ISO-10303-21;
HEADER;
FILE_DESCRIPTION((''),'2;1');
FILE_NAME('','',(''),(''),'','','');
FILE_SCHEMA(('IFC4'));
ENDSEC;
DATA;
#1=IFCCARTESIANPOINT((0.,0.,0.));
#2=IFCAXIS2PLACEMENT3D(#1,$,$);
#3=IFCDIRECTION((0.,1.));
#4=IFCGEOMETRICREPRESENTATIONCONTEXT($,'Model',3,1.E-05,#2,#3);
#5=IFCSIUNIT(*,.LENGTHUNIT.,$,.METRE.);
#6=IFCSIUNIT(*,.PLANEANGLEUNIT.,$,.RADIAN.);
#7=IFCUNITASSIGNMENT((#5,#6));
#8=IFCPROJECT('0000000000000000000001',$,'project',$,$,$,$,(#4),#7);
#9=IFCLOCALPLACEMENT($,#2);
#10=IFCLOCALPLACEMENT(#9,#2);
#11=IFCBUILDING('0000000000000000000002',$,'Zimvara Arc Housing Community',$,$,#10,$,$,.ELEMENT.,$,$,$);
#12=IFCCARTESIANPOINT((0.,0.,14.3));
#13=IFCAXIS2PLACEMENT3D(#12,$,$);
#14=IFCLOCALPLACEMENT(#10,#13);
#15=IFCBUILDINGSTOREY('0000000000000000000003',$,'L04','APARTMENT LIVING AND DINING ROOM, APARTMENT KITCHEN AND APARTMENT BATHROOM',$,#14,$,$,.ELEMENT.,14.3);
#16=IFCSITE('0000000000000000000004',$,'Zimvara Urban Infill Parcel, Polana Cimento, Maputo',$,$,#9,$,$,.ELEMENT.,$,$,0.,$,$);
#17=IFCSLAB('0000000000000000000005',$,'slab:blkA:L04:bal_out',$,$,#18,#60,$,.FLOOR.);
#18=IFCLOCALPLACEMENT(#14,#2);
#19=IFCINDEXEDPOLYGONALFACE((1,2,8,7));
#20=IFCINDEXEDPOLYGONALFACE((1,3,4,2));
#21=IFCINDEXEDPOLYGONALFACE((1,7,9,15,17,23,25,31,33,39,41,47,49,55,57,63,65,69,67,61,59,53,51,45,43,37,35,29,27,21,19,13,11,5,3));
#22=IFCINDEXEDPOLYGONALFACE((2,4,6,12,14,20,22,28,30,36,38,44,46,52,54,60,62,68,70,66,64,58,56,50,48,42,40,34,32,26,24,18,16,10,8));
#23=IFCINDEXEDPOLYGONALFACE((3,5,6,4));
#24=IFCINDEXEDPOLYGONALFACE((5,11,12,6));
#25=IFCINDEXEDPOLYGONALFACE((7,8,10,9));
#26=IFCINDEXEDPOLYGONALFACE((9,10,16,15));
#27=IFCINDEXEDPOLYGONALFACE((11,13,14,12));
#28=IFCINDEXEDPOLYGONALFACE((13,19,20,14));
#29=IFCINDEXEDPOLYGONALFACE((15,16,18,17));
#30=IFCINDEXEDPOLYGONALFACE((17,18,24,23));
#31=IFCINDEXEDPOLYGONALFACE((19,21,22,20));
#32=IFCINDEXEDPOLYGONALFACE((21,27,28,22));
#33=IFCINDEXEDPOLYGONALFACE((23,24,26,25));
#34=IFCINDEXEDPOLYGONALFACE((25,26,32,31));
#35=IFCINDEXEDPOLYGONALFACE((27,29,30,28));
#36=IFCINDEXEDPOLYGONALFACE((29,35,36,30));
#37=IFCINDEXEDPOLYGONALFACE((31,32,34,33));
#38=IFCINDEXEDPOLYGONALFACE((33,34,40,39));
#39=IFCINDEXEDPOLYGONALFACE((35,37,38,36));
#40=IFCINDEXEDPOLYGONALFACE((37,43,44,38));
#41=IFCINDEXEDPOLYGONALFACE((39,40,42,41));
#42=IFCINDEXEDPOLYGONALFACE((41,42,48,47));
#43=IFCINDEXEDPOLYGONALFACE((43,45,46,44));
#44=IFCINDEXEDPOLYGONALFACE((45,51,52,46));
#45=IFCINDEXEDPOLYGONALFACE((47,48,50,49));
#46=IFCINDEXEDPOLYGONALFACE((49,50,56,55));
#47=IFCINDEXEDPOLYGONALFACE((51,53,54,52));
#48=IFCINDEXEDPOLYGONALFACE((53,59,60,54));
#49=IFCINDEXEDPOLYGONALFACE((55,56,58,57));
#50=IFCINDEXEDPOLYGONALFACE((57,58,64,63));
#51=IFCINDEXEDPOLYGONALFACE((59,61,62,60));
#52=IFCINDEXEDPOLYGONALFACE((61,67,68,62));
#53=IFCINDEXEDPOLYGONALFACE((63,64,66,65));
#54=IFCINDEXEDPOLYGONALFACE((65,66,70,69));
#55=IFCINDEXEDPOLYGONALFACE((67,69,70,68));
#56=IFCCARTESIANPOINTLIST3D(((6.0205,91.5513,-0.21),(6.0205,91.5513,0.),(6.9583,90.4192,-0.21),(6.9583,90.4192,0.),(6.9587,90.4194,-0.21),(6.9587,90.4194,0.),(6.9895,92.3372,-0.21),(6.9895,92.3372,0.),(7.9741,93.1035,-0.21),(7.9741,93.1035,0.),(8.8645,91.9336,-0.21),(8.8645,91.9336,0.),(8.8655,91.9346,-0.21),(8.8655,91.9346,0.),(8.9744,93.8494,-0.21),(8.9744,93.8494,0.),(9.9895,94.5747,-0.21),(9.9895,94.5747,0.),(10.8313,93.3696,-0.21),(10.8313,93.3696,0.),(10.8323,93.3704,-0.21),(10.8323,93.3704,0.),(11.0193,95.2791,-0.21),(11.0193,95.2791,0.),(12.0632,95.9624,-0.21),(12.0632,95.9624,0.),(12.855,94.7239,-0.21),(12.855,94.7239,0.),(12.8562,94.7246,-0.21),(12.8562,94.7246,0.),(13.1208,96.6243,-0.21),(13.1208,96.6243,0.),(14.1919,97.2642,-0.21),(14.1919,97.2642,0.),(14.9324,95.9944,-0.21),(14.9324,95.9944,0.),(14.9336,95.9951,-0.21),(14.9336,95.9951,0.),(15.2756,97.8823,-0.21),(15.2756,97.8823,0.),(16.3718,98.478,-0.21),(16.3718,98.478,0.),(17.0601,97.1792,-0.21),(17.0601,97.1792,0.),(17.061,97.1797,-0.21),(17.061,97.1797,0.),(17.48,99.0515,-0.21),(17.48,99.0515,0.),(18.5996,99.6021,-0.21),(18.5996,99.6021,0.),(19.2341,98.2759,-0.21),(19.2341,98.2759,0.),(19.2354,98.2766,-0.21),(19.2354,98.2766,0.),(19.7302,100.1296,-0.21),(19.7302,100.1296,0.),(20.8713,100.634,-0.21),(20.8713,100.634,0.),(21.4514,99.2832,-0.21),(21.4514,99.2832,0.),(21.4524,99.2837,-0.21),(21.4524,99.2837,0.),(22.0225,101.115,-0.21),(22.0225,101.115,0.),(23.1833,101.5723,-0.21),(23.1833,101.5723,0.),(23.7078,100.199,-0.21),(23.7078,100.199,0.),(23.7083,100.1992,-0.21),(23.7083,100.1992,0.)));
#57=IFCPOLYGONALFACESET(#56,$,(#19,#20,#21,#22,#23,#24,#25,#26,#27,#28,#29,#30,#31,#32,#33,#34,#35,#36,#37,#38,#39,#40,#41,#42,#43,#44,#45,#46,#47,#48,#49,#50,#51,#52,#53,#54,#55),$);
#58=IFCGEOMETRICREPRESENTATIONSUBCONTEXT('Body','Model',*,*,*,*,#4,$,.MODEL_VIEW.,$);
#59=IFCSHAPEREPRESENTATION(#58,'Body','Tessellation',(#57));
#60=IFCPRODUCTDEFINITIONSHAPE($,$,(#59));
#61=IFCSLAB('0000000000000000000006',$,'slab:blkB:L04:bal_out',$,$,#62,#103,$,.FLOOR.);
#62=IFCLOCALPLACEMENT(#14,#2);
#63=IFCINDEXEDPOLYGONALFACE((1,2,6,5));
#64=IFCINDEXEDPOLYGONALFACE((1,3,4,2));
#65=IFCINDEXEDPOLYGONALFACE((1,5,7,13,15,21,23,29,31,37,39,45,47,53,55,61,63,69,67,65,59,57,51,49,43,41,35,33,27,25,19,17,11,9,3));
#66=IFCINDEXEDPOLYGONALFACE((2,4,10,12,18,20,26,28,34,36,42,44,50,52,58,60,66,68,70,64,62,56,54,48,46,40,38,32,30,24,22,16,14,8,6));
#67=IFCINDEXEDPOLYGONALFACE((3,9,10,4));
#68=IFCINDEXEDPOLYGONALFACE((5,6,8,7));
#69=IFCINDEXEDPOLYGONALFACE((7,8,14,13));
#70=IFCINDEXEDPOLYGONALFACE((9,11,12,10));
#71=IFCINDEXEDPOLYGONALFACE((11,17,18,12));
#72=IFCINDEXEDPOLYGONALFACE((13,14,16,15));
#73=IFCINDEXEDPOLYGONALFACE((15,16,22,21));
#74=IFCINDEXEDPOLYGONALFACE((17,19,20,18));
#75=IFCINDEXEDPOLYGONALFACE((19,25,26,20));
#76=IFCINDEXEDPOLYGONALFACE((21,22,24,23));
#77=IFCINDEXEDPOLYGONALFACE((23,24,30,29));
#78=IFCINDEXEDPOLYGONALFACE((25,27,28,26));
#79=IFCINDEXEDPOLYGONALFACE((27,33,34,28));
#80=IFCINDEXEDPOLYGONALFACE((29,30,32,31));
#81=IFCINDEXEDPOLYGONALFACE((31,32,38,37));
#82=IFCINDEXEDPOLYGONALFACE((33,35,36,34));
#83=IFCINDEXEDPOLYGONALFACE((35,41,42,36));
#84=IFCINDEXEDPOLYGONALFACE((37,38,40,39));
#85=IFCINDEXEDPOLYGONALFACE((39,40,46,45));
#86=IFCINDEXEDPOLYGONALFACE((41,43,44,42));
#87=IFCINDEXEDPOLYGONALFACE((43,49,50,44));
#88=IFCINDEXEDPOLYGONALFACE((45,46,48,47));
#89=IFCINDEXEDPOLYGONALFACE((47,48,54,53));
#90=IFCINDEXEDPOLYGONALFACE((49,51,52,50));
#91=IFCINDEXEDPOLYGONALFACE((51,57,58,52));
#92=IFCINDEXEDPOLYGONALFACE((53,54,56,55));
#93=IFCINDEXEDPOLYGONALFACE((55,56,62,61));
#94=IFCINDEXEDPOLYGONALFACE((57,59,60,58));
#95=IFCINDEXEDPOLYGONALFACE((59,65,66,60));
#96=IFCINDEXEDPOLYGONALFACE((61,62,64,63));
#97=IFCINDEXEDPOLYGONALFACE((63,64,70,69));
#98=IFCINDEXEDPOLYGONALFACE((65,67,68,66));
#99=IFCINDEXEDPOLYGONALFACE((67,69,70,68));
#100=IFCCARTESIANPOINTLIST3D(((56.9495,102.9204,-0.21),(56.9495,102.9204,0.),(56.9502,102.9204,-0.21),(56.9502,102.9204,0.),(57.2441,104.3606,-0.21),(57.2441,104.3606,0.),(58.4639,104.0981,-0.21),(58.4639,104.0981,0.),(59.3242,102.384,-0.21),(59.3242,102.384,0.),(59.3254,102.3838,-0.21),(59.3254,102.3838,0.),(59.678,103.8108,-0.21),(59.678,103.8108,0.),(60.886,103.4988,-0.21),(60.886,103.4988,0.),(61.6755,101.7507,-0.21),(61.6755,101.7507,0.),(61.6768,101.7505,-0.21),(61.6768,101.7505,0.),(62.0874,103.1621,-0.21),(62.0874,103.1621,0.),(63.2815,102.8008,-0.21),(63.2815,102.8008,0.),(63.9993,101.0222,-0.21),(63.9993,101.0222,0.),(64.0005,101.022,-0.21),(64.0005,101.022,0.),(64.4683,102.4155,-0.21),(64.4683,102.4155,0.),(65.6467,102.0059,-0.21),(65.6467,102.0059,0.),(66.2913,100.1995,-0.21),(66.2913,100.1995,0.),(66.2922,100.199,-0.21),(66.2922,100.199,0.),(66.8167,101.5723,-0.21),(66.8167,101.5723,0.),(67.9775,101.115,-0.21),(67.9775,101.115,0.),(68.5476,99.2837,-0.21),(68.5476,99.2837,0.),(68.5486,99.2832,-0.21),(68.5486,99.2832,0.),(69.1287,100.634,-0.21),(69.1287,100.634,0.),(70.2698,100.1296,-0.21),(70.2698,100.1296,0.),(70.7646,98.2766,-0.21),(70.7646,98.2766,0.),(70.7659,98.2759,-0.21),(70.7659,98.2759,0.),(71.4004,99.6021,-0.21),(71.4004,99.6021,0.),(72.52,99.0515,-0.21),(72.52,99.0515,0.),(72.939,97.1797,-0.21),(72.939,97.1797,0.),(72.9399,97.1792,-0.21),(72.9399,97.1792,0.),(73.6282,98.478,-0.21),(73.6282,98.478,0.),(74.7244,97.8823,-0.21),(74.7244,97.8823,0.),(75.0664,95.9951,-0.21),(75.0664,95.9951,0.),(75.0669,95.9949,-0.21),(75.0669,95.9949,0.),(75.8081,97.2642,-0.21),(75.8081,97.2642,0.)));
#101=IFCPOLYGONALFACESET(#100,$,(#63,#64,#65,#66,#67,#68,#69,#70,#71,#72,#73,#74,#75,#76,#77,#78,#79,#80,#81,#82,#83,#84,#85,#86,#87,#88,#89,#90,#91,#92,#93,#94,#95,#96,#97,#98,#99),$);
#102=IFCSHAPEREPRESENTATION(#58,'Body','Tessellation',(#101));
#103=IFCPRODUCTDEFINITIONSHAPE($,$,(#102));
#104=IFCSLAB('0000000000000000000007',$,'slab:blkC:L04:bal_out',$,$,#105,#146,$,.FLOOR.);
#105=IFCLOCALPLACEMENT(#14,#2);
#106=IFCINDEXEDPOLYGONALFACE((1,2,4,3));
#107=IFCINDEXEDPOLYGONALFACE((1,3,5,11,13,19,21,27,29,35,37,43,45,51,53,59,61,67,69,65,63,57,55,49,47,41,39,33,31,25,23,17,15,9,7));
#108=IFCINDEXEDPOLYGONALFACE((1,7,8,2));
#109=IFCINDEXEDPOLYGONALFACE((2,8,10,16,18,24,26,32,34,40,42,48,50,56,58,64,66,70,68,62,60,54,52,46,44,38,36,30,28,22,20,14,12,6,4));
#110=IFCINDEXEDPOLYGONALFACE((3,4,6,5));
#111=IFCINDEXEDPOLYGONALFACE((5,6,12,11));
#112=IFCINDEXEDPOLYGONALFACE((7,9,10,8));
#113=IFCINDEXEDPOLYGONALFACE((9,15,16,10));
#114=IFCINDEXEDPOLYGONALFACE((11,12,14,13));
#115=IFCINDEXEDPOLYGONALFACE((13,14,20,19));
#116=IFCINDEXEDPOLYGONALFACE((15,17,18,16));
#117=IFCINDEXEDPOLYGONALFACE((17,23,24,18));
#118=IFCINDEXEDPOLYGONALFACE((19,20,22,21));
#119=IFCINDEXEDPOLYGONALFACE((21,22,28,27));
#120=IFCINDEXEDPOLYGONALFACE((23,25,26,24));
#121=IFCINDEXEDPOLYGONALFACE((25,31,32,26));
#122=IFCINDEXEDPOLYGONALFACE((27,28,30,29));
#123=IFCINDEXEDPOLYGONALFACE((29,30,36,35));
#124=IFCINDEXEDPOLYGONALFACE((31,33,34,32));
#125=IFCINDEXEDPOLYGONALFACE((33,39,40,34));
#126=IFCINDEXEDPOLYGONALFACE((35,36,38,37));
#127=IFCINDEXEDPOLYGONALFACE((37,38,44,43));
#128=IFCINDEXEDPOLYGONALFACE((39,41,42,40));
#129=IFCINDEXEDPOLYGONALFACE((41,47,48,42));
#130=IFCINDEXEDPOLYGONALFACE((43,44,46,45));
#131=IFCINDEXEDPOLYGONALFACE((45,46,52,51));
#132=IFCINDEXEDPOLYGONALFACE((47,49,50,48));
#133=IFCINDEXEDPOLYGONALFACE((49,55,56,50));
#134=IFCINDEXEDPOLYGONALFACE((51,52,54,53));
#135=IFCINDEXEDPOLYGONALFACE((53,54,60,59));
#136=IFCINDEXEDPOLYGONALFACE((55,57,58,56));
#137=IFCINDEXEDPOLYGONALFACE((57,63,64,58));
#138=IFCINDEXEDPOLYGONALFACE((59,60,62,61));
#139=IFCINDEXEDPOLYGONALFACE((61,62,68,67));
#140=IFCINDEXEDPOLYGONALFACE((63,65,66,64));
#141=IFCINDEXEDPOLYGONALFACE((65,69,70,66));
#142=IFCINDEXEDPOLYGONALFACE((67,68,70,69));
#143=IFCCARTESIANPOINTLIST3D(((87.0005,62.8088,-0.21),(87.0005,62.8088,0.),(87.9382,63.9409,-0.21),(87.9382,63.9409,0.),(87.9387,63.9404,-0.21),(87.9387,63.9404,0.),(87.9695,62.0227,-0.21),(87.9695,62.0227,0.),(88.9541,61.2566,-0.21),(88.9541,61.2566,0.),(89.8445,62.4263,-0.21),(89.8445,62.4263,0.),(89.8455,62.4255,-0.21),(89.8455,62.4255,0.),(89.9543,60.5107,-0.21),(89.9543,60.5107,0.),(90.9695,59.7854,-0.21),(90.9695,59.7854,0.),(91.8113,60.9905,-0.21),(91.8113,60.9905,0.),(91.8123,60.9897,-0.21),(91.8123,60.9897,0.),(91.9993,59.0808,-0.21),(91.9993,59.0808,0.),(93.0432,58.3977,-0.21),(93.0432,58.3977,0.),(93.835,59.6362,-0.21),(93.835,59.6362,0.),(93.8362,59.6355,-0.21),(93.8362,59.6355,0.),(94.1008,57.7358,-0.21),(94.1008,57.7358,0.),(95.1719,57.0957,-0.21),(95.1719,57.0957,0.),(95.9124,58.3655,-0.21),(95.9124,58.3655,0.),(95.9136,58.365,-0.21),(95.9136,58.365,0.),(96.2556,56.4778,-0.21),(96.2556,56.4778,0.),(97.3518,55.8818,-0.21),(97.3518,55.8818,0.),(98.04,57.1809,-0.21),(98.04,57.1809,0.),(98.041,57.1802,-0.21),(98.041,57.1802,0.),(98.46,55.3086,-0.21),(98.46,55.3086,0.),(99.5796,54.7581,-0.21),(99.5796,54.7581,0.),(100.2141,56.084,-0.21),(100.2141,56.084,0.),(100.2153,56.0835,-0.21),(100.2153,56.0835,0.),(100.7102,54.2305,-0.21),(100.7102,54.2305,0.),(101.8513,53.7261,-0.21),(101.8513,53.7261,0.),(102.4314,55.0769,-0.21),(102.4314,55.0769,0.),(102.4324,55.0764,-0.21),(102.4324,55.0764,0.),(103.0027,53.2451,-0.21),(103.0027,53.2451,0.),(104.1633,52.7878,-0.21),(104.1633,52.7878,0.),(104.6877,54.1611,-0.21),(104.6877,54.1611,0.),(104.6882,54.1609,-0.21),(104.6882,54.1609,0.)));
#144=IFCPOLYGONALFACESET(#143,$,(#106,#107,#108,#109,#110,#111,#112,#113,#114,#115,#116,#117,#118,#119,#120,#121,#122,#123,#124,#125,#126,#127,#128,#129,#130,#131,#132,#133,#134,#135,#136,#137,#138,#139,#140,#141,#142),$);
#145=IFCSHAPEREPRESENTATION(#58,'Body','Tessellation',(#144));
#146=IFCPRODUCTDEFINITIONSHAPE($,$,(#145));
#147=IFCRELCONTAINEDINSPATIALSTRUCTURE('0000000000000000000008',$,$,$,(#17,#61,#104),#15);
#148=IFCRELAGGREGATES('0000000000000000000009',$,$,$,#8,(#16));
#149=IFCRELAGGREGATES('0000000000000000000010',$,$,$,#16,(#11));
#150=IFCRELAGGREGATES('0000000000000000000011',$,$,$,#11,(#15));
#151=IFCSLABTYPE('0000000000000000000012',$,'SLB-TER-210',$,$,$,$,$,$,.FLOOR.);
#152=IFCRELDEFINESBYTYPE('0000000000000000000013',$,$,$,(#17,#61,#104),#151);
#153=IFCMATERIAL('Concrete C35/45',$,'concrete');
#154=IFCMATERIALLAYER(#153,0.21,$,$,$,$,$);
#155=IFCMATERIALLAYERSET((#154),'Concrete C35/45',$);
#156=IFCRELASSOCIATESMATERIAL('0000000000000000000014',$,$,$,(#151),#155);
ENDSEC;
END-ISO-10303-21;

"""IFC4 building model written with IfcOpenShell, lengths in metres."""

from ifc_helpers import new_model, si_unit, direction, frame, origin, place, context, subcontext, project, spatial, polyline, outline, extrude, material, layer, layer_set, type_object, element, save


model = new_model("IFC4")

# Units and contexts
model_context = context("Model", 3, precision=1e-05, world=origin(), true_north=direction((0.0, 1.0)))
body_context = subcontext(model_context, "Body", "Model", "MODEL_VIEW")
ifc_project = project(units=[si_unit("LENGTHUNIT", "METRE"), si_unit("PLANEANGLEUNIT", "RADIAN")], contexts=[model_context])

# Site, building, storey
site_placement = place(None, origin())
site = spatial("IfcSite", under=ifc_project, at=site_placement, Name="Zimvara Urban Infill Parcel, Polana Cimento, Maputo", CompositionType="ELEMENT", RefElevation=0.0)
building_placement = place(site_placement, origin())
building = spatial("IfcBuilding", under=site, at=building_placement, Name="Zimvara Arc Housing Community", CompositionType="ELEMENT")
storey_placement = place(building_placement, frame((0.0, 0.0, 14.3)))
storey = spatial("IfcBuildingStorey", under=building, at=storey_placement, Name="L04", Description="APARTMENT LIVING AND DINING ROOM, APARTMENT KITCHEN AND APARTMENT BATHROOM", CompositionType="ELEMENT", Elevation=14.3)

# Slabs
ifc_material_1 = material(Name="Concrete C35/45", Category="concrete")
ifc_layer_1 = layer(ifc_material_1, 0.21)
ifc_layer_set_1 = layer_set([ifc_layer_1], Name="Concrete C35/45")
slab_type_1 = type_object("IfcSlabType", Name="SLB-TER-210", PredefinedType="FLOOR", material=ifc_layer_set_1)
slab_1_placement = place(storey_placement, frame((0.0, 0.0, -0.21)))
element("IfcSlab", 1, at=slab_1_placement, inside=storey, type_object=slab_type_1, Name="slab:blkA:L04:bal_out", PredefinedType="FLOOR", context=body_context, shape_type="SweptSolid", body=[
    extrude(outline(polyline([(6.0205, 91.5513), (6.9583, 90.4192), (6.9587, 90.4194), (8.8645, 91.9336), (8.8655, 91.9346), (10.8313, 93.3696), (10.8323, 93.3704), (12.855, 94.7239), (12.8562, 94.7246), (14.9324, 95.9944), (14.9336, 95.9951), (17.0601, 97.1792), (17.061, 97.1797), (19.2341, 98.2759), (19.2354, 98.2766), (21.4514, 99.2832), (21.4524, 99.2837), (23.7078, 100.199), (23.7083, 100.1992), (23.1833, 101.5723), (22.0225, 101.115), (20.8713, 100.634), (19.7302, 100.1296), (18.5996, 99.6021), (17.48, 99.0515), (16.3718, 98.478), (15.2756, 97.8823), (14.1919, 97.2642), (13.1208, 96.6243), (12.0632, 95.9624), (11.0193, 95.2791), (9.9895, 94.5747), (8.9744, 93.8494), (7.9741, 93.1035), (6.9895, 92.3372), (6.0205, 91.5513)])), origin(), (0.0, 0.0, 1.0), 0.21),
])
slab_2_placement = place(storey_placement, frame((0.0, 0.0, -0.21)))
element("IfcSlab", 2, at=slab_2_placement, inside=storey, type_object=slab_type_1, Name="slab:blkB:L04:bal_out", PredefinedType="FLOOR", context=body_context, shape_type="SweptSolid", body=[
    extrude(outline(polyline([(57.2441, 104.3606), (56.9495, 102.9204), (56.9502, 102.9204), (59.3242, 102.384), (59.3254, 102.3838), (61.6755, 101.7507), (61.6768, 101.7505), (63.9993, 101.0222), (64.0005, 101.022), (66.2913, 100.1995), (66.2922, 100.199), (68.5476, 99.2837), (68.5486, 99.2832), (70.7646, 98.2766), (70.7659, 98.2759), (72.939, 97.1797), (72.9399, 97.1792), (75.0664, 95.9951), (75.0669, 95.9949), (75.8081, 97.2642), (74.7244, 97.8823), (73.6282, 98.478), (72.52, 99.0515), (71.4004, 99.6021), (70.2698, 100.1296), (69.1287, 100.634), (67.9775, 101.115), (66.8167, 101.5723), (65.6467, 102.0059), (64.4683, 102.4155), (63.2815, 102.8008), (62.0874, 103.1621), (60.886, 103.4988), (59.678, 103.8108), (58.4639, 104.0981), (57.2441, 104.3606)])), origin(), (0.0, 0.0, 1.0), 0.21),
])
slab_3_placement = place(storey_placement, frame((0.0, 0.0, -0.21)))
element("IfcSlab", 3, at=slab_3_placement, inside=storey, type_object=slab_type_1, Name="slab:blkC:L04:bal_out", PredefinedType="FLOOR", context=body_context, shape_type="SweptSolid", body=[
    extrude(outline(polyline([(104.6882, 54.1609), (104.6877, 54.1611), (102.4324, 55.0764), (102.4314, 55.0769), (100.2153, 56.0835), (100.2141, 56.084), (98.041, 57.1802), (98.04, 57.1809), (95.9136, 58.365), (95.9124, 58.3655), (93.8362, 59.6355), (93.835, 59.6362), (91.8123, 60.9897), (91.8113, 60.9905), (89.8455, 62.4255), (89.8445, 62.4263), (87.9387, 63.9404), (87.9382, 63.9409), (87.0005, 62.8088), (87.9695, 62.0227), (88.9541, 61.2566), (89.9543, 60.5107), (90.9695, 59.7854), (91.9993, 59.0808), (93.0432, 58.3977), (94.1008, 57.7358), (95.1719, 57.0957), (96.2556, 56.4778), (97.3518, 55.8818), (98.46, 55.3086), (99.5796, 54.7581), (100.7102, 54.2305), (101.8513, 53.7261), (103.0027, 53.2451), (104.1633, 52.7878), (104.6882, 54.1609)])), origin(), (0.0, 0.0, 1.0), 0.21),
])

save(model, "model.ifc")
